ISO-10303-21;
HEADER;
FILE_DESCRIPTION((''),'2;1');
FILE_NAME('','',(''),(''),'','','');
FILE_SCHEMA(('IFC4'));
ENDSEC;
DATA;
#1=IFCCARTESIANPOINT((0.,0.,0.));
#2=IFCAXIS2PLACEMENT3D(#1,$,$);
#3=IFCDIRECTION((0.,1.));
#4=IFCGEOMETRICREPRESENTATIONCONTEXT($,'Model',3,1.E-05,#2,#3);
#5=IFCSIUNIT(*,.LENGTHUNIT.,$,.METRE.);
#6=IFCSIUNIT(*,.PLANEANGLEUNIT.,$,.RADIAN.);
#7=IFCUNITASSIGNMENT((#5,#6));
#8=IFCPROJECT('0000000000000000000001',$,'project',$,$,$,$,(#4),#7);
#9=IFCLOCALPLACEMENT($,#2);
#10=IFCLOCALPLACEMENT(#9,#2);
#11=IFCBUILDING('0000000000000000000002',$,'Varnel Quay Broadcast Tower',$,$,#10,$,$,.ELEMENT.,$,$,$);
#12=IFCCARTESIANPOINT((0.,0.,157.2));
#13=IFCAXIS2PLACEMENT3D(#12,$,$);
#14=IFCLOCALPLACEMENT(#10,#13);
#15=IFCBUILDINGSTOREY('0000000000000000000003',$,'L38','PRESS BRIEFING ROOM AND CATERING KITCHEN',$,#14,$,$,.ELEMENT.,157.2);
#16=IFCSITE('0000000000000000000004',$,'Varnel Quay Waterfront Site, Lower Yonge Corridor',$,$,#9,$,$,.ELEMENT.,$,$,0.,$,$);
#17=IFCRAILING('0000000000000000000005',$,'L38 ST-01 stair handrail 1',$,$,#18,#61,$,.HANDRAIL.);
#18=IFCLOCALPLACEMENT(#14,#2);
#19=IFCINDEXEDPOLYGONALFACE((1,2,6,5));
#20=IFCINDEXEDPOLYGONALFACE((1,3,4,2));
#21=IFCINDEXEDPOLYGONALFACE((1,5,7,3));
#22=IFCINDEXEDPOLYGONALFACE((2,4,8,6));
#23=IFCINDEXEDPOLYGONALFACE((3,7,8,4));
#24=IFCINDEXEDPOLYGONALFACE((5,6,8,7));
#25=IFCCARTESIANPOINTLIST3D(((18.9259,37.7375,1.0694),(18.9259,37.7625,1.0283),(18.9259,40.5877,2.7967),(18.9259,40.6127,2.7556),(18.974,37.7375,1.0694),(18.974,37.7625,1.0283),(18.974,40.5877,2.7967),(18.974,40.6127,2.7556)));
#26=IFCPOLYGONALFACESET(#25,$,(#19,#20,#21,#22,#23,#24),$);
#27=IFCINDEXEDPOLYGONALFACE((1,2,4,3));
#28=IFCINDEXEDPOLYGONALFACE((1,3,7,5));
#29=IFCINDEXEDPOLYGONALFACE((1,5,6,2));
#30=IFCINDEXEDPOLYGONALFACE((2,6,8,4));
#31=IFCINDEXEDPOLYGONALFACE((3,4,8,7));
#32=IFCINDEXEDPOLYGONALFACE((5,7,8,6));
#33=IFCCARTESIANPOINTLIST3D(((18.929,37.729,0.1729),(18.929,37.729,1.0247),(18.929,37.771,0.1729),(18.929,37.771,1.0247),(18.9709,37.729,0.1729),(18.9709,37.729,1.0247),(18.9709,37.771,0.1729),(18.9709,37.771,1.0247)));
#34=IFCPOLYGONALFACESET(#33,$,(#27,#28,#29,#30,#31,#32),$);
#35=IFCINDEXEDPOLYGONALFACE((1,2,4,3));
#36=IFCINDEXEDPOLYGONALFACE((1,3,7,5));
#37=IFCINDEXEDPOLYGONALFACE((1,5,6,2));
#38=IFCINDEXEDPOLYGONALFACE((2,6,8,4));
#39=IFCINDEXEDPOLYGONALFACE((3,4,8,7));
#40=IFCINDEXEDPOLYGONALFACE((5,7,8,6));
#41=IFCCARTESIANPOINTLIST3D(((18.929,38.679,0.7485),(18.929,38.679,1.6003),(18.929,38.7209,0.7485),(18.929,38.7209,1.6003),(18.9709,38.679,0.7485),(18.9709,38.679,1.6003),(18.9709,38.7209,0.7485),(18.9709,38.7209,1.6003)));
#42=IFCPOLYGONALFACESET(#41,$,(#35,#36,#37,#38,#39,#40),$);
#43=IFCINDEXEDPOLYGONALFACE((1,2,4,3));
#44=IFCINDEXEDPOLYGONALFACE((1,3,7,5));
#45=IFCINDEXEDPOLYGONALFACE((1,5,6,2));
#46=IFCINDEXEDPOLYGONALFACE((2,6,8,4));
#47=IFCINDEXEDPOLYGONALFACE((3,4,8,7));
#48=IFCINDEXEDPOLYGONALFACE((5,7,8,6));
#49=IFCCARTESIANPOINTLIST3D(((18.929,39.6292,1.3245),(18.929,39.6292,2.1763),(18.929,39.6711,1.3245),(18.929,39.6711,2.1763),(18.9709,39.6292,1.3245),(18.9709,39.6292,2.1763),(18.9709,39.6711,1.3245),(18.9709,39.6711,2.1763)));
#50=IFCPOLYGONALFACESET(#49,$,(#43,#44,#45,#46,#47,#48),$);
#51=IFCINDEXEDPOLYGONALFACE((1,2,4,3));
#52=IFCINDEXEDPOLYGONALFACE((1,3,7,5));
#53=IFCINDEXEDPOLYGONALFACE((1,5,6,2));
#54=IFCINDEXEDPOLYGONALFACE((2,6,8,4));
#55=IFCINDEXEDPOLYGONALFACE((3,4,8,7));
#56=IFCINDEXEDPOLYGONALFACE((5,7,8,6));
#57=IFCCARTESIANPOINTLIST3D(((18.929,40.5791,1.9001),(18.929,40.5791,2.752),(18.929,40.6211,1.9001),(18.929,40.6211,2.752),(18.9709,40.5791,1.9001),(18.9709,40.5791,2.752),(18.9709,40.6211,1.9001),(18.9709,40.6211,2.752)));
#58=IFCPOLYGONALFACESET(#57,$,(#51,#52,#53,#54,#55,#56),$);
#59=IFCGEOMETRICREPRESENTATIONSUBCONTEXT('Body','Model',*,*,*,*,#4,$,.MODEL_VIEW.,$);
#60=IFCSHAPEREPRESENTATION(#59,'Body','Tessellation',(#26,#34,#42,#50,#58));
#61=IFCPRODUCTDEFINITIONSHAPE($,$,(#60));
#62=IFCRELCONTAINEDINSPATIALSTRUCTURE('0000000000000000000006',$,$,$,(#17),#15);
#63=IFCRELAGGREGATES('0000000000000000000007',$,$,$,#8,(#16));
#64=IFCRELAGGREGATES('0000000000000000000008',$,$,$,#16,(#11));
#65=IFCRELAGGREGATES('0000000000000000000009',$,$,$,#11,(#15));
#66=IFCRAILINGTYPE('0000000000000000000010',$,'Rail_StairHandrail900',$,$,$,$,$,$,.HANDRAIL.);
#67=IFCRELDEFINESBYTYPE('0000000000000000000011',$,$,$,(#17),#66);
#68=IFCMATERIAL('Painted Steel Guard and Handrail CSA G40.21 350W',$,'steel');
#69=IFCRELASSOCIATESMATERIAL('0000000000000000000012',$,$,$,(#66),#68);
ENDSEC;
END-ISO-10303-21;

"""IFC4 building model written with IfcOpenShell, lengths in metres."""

from ifc_helpers import new_model, si_unit, direction, frame, origin, origin_2d, place, context, subcontext, project, spatial, rectangle, extrude, material, type_object, element, save


model = new_model("IFC4")

# Units and contexts
model_context = context("Model", 3, precision=1e-05, world=origin(), true_north=direction((0.0, 1.0)))
body_context = subcontext(model_context, "Body", "Model", "MODEL_VIEW")
ifc_project = project(units=[si_unit("LENGTHUNIT", "METRE"), si_unit("PLANEANGLEUNIT", "RADIAN")], contexts=[model_context])

# Site, building, storey
site_placement = place(None, origin())
site = spatial("IfcSite", under=ifc_project, at=site_placement, Name="Varnel Quay Waterfront Site, Lower Yonge Corridor", CompositionType="ELEMENT", RefElevation=0.0)
building_placement = place(site_placement, origin())
building = spatial("IfcBuilding", under=site, at=building_placement, Name="Varnel Quay Broadcast Tower", CompositionType="ELEMENT")
storey_placement = place(building_placement, frame((0.0, 0.0, 157.2)))
storey = spatial("IfcBuildingStorey", under=building, at=storey_placement, Name="L38", Description="PRESS BRIEFING ROOM AND CATERING KITCHEN", CompositionType="ELEMENT", Elevation=157.2)

# Railing
ifc_material_1 = material(Name="Painted Steel Guard and Handrail CSA G40.21 350W", Category="steel")
railing_type_1 = type_object("IfcRailingType", Name="Rail_StairHandrail900", PredefinedType="HANDRAIL", material=ifc_material_1)
railing_1_placement = place(storey_placement, frame((18.95, 37.75, 0.1729)))
element("IfcRailing", 1, at=railing_1_placement, inside=storey, type_object=railing_type_1, Name="L38 ST-01 stair handrail 1", PredefinedType="HANDRAIL", context=body_context, shape_type="SweptSolid", body=[
    extrude(rectangle(XDim=0.0481, YDim=0.0481, at=origin_2d()), frame((0.0, 0.0, 0.876), z_axis=(0.0, 0.855203, 0.518294), x_axis=(-1.0, 0.0, 0.0)), (0.0, 0.0, 1.0), 3.3328),
    extrude(rectangle(XDim=0.042, YDim=0.042, at=origin_2d()), origin(), (0.0, 0.0, 1.0), 0.8518),
    extrude(rectangle(XDim=0.042, YDim=0.042, at=origin_2d()), frame((0.0, 0.95, 0.5757)), (0.0, 0.0, 1.0), 0.8518),
    extrude(rectangle(XDim=0.042, YDim=0.042, at=origin_2d()), frame((0.0, 1.9001, 1.1516)), (0.0, 0.0, 1.0), 0.8518),
    extrude(rectangle(XDim=0.042, YDim=0.042, at=origin_2d()), frame((0.0, 2.8501, 1.7273)), (0.0, 0.0, 1.0), 0.8518),
])

save(model, "model.ifc")
